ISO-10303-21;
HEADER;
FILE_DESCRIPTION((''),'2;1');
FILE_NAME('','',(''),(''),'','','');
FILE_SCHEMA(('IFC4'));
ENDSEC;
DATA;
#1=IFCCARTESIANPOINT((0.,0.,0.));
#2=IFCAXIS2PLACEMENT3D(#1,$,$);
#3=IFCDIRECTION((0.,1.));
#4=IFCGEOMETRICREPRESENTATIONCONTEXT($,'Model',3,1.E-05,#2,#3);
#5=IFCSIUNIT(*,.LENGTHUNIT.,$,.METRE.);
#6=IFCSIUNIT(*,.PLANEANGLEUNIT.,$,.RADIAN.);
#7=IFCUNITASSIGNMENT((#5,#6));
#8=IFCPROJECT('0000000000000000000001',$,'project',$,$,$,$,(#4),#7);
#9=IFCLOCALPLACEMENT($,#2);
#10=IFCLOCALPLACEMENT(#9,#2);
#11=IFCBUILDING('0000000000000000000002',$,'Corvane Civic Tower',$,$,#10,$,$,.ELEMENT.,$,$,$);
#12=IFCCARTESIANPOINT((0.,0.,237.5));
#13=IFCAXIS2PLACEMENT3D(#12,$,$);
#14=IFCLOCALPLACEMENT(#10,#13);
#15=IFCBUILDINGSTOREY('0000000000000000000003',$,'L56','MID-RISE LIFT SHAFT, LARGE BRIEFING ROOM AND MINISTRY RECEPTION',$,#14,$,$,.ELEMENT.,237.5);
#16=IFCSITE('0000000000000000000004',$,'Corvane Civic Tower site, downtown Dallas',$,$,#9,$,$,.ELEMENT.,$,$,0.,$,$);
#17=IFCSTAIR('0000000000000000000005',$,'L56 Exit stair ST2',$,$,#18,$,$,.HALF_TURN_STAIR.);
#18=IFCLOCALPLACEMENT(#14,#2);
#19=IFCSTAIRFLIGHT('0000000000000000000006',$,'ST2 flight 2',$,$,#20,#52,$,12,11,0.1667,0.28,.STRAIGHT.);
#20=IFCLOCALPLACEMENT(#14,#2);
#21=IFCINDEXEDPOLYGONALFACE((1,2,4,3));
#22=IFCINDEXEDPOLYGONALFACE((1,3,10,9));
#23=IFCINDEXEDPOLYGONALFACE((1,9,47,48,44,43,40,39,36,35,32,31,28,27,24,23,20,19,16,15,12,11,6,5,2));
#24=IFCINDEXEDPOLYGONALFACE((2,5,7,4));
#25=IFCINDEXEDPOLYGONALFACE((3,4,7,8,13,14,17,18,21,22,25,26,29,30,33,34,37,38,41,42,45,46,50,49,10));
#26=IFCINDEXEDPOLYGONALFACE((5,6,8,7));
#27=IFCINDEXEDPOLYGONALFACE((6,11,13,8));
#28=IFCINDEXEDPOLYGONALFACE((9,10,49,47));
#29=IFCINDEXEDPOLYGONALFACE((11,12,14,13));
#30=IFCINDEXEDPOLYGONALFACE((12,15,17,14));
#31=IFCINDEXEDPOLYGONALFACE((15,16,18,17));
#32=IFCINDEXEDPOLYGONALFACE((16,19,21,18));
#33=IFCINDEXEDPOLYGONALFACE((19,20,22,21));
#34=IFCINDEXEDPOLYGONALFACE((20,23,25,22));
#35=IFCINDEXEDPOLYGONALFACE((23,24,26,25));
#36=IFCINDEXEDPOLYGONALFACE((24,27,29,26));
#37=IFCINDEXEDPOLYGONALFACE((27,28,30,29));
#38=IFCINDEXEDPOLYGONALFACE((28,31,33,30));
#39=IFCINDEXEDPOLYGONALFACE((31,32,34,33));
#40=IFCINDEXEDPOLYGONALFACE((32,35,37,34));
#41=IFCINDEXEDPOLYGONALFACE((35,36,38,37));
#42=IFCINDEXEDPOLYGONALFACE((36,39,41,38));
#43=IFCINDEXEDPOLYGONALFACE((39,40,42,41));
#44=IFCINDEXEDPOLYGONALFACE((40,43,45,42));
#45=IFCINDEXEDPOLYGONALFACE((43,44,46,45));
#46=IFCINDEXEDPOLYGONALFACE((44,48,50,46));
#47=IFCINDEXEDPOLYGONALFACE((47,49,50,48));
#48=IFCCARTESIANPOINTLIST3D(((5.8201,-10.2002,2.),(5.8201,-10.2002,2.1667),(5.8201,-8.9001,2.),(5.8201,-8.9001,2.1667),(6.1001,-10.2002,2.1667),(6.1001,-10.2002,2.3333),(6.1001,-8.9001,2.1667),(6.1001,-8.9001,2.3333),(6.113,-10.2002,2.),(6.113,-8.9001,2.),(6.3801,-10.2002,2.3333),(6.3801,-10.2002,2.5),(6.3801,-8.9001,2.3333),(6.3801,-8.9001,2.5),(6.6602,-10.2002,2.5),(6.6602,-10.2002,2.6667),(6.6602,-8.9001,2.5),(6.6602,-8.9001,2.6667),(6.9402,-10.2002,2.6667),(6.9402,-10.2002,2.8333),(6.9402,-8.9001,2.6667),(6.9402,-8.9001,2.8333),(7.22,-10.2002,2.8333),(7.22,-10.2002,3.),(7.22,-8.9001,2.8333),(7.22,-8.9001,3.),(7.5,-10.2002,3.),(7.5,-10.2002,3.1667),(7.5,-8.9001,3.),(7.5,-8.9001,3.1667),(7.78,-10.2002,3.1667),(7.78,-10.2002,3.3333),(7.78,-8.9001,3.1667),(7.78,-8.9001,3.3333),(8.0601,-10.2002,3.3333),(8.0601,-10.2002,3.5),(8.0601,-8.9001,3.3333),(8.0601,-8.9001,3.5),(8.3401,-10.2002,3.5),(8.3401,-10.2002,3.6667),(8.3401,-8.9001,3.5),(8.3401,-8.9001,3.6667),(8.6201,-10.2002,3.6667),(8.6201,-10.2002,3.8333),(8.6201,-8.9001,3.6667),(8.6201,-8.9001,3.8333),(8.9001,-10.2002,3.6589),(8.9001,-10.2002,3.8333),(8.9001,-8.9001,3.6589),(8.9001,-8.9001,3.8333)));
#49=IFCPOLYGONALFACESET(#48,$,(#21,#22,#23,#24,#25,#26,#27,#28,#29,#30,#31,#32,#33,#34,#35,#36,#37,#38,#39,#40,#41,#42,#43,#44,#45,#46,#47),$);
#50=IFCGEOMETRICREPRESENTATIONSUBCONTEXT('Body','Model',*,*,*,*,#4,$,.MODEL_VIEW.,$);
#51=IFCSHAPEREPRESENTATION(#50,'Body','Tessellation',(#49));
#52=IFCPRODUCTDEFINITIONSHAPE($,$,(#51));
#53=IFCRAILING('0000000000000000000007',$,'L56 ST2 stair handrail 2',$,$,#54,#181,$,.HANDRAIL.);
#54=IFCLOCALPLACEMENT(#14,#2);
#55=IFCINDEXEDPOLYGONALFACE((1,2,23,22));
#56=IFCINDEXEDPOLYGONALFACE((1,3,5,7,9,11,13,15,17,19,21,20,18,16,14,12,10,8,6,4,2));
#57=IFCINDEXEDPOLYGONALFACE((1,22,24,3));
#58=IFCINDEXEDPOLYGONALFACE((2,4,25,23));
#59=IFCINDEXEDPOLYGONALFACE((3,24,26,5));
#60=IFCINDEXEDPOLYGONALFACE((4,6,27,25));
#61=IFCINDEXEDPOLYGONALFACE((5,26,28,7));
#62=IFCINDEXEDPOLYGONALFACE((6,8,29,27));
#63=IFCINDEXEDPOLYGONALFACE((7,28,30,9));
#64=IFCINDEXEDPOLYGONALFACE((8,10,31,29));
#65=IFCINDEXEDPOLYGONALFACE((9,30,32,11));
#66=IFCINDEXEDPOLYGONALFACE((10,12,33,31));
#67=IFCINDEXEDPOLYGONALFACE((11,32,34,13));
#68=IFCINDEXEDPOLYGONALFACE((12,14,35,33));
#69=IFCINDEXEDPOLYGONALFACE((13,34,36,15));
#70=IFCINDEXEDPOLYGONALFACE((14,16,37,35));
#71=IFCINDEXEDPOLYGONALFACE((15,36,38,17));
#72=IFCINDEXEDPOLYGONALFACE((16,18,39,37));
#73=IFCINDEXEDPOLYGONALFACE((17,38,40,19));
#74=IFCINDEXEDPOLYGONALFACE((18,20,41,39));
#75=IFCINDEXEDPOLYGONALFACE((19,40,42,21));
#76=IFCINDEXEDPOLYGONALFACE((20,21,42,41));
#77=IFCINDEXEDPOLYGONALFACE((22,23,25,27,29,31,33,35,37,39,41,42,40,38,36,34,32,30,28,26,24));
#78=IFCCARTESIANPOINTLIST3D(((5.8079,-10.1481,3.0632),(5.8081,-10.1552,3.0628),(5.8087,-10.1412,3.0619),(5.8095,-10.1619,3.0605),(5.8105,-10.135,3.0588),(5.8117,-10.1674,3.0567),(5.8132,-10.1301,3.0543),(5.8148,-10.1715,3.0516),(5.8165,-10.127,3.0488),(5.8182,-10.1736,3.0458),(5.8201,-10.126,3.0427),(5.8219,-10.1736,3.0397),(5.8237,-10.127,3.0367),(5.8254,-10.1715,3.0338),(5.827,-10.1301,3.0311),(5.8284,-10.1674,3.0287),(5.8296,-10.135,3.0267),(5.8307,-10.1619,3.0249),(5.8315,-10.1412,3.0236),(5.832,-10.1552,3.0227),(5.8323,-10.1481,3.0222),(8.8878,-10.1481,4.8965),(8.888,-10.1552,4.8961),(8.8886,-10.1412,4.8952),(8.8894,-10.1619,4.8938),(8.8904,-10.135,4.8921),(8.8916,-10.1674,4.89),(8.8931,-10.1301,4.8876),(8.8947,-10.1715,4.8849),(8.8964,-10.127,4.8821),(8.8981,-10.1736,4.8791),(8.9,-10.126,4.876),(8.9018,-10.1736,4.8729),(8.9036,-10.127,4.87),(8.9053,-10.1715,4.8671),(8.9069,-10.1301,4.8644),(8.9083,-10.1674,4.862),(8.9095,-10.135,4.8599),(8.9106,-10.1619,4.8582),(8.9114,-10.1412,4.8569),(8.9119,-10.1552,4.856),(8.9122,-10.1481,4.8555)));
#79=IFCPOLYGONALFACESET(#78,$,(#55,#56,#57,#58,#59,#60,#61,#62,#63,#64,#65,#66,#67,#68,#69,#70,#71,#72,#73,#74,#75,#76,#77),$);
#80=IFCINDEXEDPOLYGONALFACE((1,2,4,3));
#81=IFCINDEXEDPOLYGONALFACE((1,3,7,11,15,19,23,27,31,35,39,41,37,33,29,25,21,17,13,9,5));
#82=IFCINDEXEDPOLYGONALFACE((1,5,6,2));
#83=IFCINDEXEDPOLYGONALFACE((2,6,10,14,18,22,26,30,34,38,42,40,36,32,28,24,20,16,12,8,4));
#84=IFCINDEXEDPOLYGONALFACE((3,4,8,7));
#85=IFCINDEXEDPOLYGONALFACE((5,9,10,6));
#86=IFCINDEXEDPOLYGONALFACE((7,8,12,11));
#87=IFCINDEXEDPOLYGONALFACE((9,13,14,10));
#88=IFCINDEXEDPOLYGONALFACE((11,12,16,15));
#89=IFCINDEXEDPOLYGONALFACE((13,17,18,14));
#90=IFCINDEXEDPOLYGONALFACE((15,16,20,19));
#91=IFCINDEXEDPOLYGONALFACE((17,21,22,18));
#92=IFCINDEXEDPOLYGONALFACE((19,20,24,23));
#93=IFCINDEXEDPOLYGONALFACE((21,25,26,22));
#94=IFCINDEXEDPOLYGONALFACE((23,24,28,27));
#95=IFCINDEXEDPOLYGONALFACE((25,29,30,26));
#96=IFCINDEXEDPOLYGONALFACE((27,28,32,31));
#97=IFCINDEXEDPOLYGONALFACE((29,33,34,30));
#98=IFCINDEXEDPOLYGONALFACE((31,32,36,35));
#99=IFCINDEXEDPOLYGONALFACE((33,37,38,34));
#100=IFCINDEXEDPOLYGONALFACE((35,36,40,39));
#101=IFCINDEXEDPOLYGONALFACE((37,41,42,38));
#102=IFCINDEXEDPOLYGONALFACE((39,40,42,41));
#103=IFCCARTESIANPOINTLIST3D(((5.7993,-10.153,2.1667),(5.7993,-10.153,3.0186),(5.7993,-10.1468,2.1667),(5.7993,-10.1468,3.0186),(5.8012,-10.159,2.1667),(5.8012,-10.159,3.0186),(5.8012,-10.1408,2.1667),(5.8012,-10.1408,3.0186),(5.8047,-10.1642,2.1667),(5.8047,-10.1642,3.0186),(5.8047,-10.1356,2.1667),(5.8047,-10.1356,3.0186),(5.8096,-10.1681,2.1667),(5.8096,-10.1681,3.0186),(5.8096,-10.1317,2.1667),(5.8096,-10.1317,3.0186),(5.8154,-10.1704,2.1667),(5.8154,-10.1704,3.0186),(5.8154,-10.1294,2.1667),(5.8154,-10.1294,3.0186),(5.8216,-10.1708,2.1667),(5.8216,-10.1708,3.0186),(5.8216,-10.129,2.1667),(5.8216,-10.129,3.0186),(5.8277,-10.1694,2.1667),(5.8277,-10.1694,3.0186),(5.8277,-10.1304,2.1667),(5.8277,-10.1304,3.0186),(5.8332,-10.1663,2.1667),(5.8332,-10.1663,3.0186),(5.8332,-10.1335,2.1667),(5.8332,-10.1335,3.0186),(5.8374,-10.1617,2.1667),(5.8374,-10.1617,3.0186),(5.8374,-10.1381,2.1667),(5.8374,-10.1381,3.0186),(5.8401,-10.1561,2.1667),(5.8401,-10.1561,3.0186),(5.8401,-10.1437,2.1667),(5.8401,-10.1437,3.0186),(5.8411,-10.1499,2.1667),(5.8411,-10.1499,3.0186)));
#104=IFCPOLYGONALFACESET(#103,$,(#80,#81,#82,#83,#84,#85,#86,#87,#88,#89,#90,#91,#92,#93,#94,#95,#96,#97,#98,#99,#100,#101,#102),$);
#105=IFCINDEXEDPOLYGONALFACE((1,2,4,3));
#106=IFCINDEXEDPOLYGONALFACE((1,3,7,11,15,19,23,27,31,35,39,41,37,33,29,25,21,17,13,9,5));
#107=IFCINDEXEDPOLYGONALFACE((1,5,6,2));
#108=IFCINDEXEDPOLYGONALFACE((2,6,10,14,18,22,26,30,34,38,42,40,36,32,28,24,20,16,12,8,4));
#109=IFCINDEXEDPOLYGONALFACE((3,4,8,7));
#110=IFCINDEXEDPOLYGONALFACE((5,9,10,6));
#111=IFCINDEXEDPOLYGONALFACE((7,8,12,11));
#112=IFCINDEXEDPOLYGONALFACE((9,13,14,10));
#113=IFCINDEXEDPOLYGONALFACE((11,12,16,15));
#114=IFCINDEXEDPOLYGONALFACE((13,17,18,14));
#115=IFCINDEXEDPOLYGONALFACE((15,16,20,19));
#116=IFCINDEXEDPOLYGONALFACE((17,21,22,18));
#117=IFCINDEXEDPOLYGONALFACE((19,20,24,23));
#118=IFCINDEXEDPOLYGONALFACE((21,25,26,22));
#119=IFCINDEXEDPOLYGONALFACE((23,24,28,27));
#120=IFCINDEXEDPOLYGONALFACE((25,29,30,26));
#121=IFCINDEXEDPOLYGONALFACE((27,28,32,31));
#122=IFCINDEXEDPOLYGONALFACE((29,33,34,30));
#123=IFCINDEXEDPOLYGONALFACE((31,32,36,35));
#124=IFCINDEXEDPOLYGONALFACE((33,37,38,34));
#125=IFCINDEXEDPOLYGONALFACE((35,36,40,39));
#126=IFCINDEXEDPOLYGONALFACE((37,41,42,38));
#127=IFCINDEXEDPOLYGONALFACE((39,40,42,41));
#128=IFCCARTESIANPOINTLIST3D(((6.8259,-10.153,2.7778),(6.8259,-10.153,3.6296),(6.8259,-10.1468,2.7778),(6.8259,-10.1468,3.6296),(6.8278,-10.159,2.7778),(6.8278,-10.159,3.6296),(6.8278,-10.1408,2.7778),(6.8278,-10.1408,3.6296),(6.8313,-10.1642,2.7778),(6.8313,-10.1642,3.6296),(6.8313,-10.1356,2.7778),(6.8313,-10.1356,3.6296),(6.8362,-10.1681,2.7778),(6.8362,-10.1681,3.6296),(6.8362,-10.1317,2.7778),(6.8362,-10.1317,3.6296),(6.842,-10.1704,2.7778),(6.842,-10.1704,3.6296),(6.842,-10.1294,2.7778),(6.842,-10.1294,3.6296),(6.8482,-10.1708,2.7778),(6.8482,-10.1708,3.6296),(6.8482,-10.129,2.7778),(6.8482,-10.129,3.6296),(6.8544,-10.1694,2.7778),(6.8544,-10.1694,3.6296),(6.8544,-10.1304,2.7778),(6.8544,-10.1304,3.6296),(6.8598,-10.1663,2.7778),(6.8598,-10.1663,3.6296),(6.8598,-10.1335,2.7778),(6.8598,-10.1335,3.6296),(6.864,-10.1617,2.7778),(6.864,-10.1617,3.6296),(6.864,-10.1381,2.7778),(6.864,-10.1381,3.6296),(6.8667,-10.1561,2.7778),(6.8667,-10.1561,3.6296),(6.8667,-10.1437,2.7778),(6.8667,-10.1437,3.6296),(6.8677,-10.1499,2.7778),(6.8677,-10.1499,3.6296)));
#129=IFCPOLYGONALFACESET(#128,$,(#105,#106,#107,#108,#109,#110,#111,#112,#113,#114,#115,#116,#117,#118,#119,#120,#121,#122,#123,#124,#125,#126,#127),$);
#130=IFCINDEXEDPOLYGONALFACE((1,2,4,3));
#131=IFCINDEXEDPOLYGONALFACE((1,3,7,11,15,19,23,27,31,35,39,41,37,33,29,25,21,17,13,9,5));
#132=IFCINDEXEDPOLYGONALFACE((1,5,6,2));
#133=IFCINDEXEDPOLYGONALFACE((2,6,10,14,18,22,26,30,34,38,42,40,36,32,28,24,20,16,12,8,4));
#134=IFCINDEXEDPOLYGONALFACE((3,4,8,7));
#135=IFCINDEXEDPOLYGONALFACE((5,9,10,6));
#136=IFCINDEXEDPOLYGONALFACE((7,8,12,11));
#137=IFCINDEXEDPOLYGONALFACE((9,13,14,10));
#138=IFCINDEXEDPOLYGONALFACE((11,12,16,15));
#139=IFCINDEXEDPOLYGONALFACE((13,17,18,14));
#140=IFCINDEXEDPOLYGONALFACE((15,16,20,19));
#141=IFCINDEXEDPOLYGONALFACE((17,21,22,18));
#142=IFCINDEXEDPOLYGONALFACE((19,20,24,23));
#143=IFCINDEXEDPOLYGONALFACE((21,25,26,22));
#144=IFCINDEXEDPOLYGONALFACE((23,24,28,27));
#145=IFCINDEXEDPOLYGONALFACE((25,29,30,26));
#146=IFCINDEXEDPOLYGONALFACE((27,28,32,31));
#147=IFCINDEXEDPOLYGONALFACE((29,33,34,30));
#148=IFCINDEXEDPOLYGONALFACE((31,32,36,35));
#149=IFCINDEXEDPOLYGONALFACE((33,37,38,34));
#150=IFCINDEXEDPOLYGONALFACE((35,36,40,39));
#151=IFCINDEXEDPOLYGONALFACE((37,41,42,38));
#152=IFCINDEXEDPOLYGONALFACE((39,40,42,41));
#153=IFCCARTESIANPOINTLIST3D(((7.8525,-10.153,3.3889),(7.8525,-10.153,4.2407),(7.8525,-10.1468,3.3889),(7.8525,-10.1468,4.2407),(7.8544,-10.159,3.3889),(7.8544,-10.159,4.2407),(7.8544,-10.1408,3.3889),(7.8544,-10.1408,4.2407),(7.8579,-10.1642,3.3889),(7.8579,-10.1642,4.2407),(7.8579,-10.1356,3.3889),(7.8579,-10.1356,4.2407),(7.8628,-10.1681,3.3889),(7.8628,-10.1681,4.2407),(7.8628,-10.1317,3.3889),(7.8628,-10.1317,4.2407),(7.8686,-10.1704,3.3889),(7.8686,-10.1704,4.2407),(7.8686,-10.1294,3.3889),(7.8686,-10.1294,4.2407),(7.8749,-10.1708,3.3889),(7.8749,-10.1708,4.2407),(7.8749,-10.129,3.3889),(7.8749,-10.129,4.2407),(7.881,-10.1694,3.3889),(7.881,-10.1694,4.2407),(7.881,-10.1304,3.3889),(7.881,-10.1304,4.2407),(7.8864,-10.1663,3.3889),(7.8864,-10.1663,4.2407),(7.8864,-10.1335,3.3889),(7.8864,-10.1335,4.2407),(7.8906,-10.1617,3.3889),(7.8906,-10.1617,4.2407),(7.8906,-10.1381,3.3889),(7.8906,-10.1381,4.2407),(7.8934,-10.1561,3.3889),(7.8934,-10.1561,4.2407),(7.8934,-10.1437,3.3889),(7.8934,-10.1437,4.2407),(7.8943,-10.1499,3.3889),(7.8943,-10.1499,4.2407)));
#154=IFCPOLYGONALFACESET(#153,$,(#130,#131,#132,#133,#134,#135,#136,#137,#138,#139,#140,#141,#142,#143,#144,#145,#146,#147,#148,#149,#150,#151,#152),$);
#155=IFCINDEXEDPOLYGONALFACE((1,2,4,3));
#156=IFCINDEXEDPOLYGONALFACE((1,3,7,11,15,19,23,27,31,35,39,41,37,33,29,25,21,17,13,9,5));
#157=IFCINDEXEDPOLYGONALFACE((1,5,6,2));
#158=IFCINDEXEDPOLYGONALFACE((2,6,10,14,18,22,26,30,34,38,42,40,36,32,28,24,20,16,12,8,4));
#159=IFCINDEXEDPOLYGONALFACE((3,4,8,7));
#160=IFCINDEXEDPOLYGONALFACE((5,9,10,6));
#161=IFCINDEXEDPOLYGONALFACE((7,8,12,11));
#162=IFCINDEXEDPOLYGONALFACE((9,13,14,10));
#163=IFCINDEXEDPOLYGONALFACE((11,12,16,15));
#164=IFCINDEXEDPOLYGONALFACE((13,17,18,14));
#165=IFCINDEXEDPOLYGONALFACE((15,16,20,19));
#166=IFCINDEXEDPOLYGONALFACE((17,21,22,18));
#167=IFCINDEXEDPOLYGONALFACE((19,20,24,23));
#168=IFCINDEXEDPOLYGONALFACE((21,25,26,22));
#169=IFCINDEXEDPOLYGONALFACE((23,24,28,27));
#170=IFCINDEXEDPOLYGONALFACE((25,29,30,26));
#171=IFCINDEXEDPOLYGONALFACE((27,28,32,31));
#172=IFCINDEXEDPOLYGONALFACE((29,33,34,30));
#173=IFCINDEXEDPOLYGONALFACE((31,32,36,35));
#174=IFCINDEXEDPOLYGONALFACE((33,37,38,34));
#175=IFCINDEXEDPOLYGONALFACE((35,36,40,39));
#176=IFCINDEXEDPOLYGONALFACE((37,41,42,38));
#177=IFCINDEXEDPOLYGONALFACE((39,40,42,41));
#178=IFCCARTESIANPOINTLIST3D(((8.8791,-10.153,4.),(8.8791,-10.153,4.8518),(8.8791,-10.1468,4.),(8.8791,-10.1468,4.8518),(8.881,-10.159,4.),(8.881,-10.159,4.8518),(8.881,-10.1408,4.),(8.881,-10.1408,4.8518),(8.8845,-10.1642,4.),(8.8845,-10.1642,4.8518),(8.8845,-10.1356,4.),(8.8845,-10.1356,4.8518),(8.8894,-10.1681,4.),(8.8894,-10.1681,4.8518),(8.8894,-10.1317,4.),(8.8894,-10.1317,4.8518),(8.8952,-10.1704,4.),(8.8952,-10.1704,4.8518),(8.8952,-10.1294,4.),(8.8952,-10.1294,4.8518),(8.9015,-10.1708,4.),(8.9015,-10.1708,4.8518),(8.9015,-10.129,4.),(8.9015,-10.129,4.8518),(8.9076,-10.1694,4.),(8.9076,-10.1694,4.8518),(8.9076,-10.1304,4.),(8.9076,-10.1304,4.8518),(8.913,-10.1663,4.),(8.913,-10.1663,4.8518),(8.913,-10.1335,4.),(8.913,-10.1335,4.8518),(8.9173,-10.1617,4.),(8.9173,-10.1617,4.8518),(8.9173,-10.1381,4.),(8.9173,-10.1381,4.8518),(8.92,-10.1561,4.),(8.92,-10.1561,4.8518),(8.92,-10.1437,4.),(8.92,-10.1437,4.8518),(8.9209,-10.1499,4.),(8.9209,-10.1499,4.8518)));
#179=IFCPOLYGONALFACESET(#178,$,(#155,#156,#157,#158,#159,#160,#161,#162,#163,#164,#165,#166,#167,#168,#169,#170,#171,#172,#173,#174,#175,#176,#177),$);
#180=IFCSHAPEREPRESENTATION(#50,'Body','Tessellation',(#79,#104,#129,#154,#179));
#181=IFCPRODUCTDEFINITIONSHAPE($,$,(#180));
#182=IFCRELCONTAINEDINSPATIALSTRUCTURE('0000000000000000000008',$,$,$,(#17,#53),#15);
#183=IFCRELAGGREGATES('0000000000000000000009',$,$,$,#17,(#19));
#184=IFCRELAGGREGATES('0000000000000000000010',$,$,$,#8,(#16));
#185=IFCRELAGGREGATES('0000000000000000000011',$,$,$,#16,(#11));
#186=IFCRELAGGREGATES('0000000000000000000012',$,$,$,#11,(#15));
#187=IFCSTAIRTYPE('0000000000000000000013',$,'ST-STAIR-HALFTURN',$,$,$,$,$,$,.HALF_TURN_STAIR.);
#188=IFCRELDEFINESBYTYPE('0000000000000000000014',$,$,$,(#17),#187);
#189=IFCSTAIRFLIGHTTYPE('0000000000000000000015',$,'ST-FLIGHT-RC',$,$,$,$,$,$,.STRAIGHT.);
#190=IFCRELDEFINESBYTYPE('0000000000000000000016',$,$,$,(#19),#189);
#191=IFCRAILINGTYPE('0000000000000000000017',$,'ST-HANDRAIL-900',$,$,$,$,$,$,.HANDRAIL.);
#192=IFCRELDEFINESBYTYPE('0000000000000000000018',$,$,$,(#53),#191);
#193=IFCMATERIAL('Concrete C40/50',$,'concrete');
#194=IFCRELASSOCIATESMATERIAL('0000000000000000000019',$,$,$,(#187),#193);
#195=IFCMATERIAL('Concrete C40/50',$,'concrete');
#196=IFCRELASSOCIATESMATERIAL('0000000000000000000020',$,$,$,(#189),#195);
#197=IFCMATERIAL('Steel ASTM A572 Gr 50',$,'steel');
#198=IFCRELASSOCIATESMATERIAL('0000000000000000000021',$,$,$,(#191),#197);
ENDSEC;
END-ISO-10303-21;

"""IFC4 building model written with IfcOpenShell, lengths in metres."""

from ifc_helpers import new_model, si_unit, direction, frame, origin, origin_2d, place, context, subcontext, project, spatial, polyline, circle, outline, extrude, material, type_object, element, aggregate, save


model = new_model("IFC4")

# Units and contexts
model_context = context("Model", 3, precision=1e-05, world=origin(), true_north=direction((0.0, 1.0)))
body_context = subcontext(model_context, "Body", "Model", "MODEL_VIEW")
ifc_project = project(units=[si_unit("LENGTHUNIT", "METRE"), si_unit("PLANEANGLEUNIT", "RADIAN")], contexts=[model_context])

# Site, building, storey
site_placement = place(None, origin())
site = spatial("IfcSite", under=ifc_project, at=site_placement, Name="Corvane Civic Tower site, downtown Dallas", CompositionType="ELEMENT", RefElevation=0.0)
building_placement = place(site_placement, origin())
building = spatial("IfcBuilding", under=site, at=building_placement, Name="Corvane Civic Tower", CompositionType="ELEMENT")
storey_placement = place(building_placement, frame((0.0, 0.0, 237.5)))
storey = spatial("IfcBuildingStorey", under=building, at=storey_placement, Name="L56", Description="MID-RISE LIFT SHAFT, LARGE BRIEFING ROOM AND MINISTRY RECEPTION", CompositionType="ELEMENT", Elevation=237.5)

# Stair, stair flight
ifc_material_1 = material(Name="Concrete C40/50", Category="concrete")
stair_type = type_object("IfcStairType", Name="ST-STAIR-HALFTURN", PredefinedType="HALF_TURN_STAIR", material=ifc_material_1)
stair_placement = place(storey_placement, origin())
stair = element("IfcStair", 1, at=stair_placement, inside=storey, type_object=stair_type, Name="L56 Exit stair ST2", PredefinedType="HALF_TURN_STAIR")
ifc_material_2 = material(Name="Concrete C40/50", Category="concrete")
stair_flight_type = type_object("IfcStairFlightType", Name="ST-FLIGHT-RC", PredefinedType="STRAIGHT", material=ifc_material_2)
stair_flight_placement = place(storey_placement, frame((5.8201, -9.55, 2.0), z_axis=(0.0, 0.0, 1.0), x_axis=(1.0, 0.0, 0.0)))
stair_flight = element("IfcStairFlight", 2, at=stair_flight_placement, type_object=stair_flight_type, Name="ST2 flight 2", NumberOfRisers=12, NumberOfTreads=11, PredefinedType="STRAIGHT", RiserHeight=0.1667, TreadLength=0.28, context=body_context, shape_type="SweptSolid", body=[
    extrude(outline(polyline([(0.0, 0.0), (0.0, 0.1667), (0.28, 0.1667), (0.28, 0.3333), (0.5601, 0.3333), (0.5601, 0.5), (0.8401, 0.5), (0.8401, 0.6667), (1.1201, 0.6667), (1.1201, 0.8333), (1.3999, 0.8333), (1.3999, 1.0), (1.6799, 1.0), (1.6799, 1.1667), (1.96, 1.1667), (1.96, 1.3333), (2.24, 1.3333), (2.24, 1.5), (2.52, 1.5), (2.52, 1.6667), (2.8, 1.6667), (2.8, 1.8333), (3.0801, 1.8333), (3.0801, 2.0), (3.0801, 1.6589), (0.293, 0.0), (0.0, 0.0)])), frame((0.0, 0.6499, 0.0), z_axis=(0.0, -1.0, 0.0), x_axis=(1.0, 0.0, 0.0)), (0.0, 0.0, 1.0), 1.3),
])
aggregate(stair, [stair_flight])

# Railing
ifc_material_3 = material(Name="Steel ASTM A572 Gr 50", Category="steel")
railing_type_1 = type_object("IfcRailingType", Name="ST-HANDRAIL-900", PredefinedType="HANDRAIL", material=ifc_material_3)
railing_1_placement = place(storey_placement, frame((5.8201, -10.1499, 2.1667)))
element("IfcRailing", 3, at=railing_1_placement, inside=storey, type_object=railing_type_1, Name="L56 ST2 stair handrail 2", PredefinedType="HANDRAIL", context=body_context, shape_type="SweptSolid", body=[
    extrude(circle(Radius=0.0239, at=origin_2d()), frame((0.0, 0.0, 0.876), z_axis=(0.859291, 0.0, 0.511487), x_axis=(0.0, 1.0, 0.0)), (0.0, 0.0, 1.0), 3.5842),
    extrude(circle(Radius=0.021, at=origin_2d()), origin(), (0.0, 0.0, 1.0), 0.8518),
    extrude(circle(Radius=0.021, at=origin_2d()), frame((1.0266, 0.0, 0.6111)), (0.0, 0.0, 1.0), 0.8518),
    extrude(circle(Radius=0.021, at=origin_2d()), frame((2.0532, 0.0, 1.2222)), (0.0, 0.0, 1.0), 0.8518),
    extrude(circle(Radius=0.021, at=origin_2d()), frame((3.0798, 0.0, 1.8333)), (0.0, 0.0, 1.0), 0.8518),
])

save(model, "model.ifc")
